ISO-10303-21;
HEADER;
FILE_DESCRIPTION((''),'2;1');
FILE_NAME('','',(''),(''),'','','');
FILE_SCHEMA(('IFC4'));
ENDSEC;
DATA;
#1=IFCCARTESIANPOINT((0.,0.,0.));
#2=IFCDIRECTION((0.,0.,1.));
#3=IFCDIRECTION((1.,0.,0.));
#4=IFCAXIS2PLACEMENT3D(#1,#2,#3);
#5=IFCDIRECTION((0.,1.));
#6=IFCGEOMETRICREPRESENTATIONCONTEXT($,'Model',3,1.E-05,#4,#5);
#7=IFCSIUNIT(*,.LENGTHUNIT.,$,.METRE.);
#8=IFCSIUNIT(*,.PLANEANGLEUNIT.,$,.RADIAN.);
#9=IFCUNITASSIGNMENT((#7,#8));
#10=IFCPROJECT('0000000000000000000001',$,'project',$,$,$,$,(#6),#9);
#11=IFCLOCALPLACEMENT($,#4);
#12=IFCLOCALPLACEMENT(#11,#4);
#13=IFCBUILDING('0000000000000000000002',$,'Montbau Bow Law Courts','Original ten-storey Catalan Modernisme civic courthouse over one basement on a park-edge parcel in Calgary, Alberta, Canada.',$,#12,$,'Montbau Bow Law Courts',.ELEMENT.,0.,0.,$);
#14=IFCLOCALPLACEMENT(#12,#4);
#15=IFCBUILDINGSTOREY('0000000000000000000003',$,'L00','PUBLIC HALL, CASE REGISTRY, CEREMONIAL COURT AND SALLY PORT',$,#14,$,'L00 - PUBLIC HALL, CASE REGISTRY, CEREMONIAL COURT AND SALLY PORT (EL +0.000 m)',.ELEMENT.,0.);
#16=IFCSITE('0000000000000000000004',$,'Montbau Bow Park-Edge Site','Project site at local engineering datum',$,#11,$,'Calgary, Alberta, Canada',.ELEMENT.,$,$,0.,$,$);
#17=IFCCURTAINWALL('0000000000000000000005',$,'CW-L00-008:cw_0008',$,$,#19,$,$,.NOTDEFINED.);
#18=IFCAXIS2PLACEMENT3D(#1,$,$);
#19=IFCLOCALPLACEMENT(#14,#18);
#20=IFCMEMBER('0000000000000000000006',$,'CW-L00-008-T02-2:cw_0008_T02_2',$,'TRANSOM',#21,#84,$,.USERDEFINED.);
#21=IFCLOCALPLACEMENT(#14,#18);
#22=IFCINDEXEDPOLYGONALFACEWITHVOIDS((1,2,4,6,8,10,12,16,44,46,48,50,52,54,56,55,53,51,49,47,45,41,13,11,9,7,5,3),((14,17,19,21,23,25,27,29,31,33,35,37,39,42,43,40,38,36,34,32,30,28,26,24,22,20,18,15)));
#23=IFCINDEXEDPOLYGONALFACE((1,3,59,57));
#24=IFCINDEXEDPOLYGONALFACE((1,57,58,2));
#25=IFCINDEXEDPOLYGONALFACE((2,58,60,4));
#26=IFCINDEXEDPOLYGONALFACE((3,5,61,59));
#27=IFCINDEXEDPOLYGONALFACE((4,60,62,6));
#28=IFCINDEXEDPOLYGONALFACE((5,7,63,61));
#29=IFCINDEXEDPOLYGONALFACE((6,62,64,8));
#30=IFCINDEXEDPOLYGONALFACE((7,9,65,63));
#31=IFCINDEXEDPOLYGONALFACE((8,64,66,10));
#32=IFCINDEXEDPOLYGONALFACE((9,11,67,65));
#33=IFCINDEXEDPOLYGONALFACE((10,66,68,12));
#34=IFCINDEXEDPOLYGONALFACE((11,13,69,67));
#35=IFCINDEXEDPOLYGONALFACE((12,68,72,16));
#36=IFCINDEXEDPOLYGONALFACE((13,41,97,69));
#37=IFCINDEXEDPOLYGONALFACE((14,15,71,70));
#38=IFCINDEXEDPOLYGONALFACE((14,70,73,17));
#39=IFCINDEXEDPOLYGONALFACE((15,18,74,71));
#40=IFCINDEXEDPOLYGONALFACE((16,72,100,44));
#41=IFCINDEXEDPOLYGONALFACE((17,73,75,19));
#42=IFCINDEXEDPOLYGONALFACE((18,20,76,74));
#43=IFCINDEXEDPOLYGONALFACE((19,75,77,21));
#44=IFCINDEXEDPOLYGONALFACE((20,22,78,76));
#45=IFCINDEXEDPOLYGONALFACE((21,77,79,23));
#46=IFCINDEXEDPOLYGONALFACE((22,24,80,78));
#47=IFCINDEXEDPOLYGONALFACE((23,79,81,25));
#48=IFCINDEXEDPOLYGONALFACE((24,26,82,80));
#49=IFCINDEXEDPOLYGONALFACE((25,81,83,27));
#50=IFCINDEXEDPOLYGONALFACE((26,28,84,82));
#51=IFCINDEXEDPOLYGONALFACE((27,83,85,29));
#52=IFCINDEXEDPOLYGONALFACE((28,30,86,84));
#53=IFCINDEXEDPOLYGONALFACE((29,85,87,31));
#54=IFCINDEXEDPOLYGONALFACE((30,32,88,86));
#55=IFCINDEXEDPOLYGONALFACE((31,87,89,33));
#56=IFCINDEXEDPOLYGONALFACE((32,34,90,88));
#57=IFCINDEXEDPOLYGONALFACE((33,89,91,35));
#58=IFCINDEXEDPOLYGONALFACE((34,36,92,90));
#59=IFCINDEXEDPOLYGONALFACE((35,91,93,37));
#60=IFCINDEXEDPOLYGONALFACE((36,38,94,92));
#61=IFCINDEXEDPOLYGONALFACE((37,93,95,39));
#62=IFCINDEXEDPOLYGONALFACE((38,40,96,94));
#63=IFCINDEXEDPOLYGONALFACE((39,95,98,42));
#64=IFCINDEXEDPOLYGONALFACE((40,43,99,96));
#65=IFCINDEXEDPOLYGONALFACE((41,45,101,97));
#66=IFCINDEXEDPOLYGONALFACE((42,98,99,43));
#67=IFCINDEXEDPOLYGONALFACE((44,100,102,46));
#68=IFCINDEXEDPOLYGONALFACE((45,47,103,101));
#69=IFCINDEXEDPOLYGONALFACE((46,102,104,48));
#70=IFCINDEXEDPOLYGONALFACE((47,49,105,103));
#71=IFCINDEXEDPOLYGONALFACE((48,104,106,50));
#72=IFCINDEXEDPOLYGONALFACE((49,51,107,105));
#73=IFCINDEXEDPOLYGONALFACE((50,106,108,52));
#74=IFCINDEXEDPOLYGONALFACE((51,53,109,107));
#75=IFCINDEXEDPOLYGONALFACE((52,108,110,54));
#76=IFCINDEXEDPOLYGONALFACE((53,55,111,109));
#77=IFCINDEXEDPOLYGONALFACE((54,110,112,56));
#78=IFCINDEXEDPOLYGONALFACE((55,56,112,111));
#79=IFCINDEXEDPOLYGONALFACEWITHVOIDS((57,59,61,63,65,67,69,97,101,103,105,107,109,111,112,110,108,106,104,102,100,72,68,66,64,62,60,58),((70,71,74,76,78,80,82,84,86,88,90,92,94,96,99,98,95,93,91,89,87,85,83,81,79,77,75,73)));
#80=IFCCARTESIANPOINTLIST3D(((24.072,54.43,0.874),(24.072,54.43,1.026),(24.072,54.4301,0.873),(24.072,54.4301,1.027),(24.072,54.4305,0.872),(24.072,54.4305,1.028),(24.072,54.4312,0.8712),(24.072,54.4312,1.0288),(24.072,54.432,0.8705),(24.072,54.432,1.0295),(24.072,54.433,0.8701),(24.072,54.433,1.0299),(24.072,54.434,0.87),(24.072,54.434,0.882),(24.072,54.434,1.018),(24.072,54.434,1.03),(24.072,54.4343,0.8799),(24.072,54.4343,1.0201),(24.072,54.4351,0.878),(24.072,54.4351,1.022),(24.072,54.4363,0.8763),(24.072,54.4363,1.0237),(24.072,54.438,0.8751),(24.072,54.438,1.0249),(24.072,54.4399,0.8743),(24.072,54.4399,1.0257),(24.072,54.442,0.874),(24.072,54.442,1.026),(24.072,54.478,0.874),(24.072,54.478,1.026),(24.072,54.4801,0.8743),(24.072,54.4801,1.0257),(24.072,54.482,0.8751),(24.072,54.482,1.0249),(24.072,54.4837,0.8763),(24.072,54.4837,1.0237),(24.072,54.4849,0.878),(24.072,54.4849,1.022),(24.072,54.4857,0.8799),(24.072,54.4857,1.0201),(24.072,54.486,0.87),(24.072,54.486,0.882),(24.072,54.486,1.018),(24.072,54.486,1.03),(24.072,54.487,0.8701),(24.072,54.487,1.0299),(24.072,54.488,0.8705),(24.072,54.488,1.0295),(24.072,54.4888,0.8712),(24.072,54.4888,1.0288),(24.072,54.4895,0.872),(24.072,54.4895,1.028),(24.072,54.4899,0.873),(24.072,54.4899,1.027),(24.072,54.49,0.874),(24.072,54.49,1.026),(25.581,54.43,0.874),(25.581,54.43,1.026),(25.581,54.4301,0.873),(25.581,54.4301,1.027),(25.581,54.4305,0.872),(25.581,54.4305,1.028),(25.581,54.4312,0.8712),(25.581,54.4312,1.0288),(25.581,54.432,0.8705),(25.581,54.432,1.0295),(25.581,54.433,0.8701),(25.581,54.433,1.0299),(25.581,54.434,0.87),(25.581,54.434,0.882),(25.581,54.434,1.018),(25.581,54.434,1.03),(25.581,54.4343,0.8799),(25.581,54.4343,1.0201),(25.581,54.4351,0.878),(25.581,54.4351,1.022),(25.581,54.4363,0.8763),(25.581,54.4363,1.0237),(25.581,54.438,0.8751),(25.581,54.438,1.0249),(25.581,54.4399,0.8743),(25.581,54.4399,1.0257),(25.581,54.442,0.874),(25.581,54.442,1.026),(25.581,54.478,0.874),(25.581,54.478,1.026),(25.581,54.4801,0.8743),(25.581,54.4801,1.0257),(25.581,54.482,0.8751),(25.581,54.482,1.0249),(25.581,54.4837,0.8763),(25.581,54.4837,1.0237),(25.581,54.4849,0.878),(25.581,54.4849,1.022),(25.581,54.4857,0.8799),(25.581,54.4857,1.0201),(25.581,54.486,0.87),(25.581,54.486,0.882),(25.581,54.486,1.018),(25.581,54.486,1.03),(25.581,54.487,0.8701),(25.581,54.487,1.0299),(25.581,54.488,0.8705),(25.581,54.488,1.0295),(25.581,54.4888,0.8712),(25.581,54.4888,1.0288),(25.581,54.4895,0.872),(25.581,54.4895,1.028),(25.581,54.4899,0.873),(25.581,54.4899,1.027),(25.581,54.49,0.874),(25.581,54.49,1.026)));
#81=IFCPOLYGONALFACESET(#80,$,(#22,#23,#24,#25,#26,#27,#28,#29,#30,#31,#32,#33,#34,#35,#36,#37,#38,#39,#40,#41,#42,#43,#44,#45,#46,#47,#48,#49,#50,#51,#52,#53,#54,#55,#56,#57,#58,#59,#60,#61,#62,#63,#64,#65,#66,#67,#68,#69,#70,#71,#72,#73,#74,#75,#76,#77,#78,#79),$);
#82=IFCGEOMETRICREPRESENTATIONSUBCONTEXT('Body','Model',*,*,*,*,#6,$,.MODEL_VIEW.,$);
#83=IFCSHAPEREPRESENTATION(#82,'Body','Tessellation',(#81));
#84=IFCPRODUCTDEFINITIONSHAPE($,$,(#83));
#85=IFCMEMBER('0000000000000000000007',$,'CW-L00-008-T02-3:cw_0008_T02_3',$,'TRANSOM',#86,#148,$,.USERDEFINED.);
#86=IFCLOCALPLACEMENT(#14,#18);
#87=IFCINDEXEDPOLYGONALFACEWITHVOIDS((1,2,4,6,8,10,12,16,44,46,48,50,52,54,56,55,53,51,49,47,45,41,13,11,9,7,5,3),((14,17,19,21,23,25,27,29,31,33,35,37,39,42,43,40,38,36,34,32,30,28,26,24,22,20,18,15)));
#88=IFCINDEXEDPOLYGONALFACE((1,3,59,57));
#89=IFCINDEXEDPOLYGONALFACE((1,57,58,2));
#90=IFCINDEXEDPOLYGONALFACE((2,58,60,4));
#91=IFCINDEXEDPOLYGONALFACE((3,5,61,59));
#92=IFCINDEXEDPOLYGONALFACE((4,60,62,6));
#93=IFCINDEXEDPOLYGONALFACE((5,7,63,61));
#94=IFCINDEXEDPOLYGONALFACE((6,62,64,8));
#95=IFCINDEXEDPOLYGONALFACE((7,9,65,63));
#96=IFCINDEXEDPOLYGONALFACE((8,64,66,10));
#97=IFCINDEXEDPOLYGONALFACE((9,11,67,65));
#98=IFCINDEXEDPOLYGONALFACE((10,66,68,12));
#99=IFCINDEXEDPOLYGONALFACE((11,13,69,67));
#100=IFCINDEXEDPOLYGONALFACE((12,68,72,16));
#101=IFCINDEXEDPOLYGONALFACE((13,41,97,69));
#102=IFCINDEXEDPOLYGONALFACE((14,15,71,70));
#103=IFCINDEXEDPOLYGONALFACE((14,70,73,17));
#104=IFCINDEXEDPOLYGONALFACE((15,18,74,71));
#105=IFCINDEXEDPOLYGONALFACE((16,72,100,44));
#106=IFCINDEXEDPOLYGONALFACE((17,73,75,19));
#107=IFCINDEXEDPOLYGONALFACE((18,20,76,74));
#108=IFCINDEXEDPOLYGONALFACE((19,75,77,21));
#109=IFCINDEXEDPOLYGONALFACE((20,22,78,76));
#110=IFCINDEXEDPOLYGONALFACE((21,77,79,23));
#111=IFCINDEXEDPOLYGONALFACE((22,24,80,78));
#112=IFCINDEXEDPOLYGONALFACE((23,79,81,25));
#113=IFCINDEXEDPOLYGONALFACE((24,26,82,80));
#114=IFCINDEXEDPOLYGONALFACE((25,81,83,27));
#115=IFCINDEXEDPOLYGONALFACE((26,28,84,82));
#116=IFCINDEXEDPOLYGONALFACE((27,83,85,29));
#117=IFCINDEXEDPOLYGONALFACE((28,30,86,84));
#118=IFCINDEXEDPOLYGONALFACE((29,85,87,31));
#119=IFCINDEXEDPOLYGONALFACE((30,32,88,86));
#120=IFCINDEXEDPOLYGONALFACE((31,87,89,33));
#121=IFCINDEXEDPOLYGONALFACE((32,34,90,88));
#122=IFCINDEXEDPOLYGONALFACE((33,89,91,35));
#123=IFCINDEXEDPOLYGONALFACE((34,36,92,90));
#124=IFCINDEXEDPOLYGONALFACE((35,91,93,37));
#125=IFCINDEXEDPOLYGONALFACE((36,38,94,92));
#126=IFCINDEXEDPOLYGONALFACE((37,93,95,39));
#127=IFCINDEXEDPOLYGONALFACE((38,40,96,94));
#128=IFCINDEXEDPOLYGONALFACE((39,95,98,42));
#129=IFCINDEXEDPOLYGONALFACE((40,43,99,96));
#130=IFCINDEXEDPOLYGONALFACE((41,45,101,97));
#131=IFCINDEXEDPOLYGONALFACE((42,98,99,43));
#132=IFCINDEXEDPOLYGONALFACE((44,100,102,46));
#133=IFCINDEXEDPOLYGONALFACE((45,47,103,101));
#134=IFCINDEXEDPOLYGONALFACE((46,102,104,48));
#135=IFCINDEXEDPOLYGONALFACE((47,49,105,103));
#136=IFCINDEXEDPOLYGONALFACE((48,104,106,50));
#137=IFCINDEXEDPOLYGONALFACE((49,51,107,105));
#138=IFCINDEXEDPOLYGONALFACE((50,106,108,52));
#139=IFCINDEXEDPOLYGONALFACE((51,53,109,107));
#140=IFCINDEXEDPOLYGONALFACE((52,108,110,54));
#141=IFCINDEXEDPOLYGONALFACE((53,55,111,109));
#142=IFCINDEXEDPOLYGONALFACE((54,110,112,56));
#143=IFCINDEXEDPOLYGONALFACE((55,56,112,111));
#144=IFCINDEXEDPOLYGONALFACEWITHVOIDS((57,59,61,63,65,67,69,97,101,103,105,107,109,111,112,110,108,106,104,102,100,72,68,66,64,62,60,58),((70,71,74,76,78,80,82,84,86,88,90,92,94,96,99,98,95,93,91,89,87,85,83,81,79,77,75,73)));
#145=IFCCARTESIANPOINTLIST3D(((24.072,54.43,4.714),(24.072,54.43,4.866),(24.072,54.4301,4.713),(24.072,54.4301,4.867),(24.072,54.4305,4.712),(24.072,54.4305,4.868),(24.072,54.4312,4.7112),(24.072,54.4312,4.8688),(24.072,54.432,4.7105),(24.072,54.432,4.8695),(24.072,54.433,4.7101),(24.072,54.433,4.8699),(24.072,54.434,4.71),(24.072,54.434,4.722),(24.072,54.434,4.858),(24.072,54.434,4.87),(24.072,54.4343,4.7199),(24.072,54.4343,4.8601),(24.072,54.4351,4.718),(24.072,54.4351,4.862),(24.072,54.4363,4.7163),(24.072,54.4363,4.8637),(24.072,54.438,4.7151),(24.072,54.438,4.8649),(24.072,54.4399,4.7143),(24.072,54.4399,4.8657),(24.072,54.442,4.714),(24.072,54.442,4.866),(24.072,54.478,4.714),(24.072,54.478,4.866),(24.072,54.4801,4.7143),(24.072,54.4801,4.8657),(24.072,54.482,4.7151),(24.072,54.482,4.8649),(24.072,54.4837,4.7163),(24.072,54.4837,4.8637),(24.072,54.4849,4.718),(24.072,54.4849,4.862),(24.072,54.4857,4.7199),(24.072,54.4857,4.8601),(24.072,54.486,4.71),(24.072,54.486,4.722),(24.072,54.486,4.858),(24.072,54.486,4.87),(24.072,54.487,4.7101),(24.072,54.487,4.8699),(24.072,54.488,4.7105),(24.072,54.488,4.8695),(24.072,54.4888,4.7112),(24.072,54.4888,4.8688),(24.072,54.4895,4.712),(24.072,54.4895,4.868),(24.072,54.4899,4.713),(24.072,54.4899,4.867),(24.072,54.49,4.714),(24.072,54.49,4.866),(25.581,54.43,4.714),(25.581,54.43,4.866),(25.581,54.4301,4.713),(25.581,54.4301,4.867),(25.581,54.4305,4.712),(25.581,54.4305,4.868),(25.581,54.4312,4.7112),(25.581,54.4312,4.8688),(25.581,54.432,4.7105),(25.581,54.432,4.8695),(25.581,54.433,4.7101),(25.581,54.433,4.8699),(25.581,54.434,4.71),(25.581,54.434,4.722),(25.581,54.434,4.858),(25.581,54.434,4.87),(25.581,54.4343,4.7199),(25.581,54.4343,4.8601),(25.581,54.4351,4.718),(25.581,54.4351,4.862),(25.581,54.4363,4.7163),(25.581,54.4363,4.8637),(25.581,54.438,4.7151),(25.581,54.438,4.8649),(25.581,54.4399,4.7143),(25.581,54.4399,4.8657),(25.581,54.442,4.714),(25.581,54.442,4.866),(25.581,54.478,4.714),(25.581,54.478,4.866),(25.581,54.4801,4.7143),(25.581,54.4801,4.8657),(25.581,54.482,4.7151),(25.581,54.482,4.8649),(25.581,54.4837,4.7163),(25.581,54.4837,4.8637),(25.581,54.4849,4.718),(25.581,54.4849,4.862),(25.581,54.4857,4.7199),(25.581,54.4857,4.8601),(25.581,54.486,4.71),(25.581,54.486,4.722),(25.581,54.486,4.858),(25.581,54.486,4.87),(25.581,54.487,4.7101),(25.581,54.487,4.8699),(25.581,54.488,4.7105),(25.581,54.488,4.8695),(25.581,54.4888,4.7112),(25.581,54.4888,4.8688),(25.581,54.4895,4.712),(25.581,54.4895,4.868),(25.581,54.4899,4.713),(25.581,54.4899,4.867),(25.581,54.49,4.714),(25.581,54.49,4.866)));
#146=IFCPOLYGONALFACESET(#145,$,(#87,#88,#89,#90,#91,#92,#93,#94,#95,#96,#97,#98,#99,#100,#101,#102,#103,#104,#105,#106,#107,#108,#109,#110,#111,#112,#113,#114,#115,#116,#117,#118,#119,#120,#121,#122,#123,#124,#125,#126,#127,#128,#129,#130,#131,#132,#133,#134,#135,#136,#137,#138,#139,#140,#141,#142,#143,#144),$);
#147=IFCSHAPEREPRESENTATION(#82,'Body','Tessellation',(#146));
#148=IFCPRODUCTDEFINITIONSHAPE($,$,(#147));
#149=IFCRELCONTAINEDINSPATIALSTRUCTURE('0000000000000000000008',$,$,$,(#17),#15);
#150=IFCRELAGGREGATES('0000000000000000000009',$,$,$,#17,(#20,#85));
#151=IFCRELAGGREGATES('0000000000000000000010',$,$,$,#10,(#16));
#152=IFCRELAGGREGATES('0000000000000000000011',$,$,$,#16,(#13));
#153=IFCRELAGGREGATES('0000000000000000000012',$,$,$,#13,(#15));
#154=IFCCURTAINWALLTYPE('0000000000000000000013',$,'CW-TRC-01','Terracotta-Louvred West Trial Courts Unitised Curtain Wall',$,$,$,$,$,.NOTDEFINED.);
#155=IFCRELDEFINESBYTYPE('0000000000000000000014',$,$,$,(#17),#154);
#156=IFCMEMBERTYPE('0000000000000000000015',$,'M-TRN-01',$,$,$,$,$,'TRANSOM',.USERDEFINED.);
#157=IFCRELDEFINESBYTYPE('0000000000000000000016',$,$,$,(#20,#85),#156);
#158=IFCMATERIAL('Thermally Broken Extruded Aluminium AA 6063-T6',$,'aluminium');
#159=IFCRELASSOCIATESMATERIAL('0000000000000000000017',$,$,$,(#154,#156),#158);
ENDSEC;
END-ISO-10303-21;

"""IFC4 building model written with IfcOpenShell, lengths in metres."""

from ifc_helpers import new_model, si_unit, direction, frame, origin_with_axes, origin_2d_with_axis, place, context, subcontext, project, spatial, hollow_rectangle, extrude, material, material_profile, profile_set, type_object, element, aggregate, save


model = new_model("IFC4")

# Units and contexts
model_context = context("Model", 3, precision=1e-05, world=origin_with_axes(), true_north=direction((0.0, 1.0)))
body_context = subcontext(model_context, "Body", "Model", "MODEL_VIEW")
ifc_project = project(units=[si_unit("LENGTHUNIT", "METRE"), si_unit("PLANEANGLEUNIT", "RADIAN")], contexts=[model_context])

# Site, building, storey
site_placement = place(None, origin_with_axes())
site = spatial("IfcSite", under=ifc_project, at=site_placement, Name="Montbau Bow Park-Edge Site", Description="Project site at local engineering datum", LongName="Calgary, Alberta, Canada", CompositionType="ELEMENT", RefElevation=0.0)
building_placement = place(site_placement, origin_with_axes())
building = spatial("IfcBuilding", under=site, at=building_placement, Name="Montbau Bow Law Courts", Description="Original ten-storey Catalan Modernisme civic courthouse over one basement on a park-edge parcel in Calgary, Alberta, Canada.", LongName="Montbau Bow Law Courts", CompositionType="ELEMENT", ElevationOfRefHeight=0.0, ElevationOfTerrain=0.0)
storey_placement = place(building_placement, origin_with_axes())
storey = spatial("IfcBuildingStorey", under=building, at=storey_placement, Name="L00", Description="PUBLIC HALL, CASE REGISTRY, CEREMONIAL COURT AND SALLY PORT", LongName="L00 - PUBLIC HALL, CASE REGISTRY, CEREMONIAL COURT AND SALLY PORT (EL +0.000 m)", CompositionType="ELEMENT", Elevation=0.0)

# Curtain wall, members
ifc_material_1 = material(Name="Thermally Broken Extruded Aluminium AA 6063-T6", Category="aluminium")
curtain_wall_type = type_object("IfcCurtainWallType", Name="CW-TRC-01", Description="Terracotta-Louvred West Trial Courts Unitised Curtain Wall", PredefinedType="NOTDEFINED", material=ifc_material_1)
curtain_wall_1_placement = place(None, frame((22.467, 54.46, 0.0), z_axis=(0.0, 0.0, 1.0), x_axis=(1.0, 0.0, 0.0)))
curtain_wall_1 = element("IfcCurtainWall", 1, at=curtain_wall_1_placement, inside=storey, type_object=curtain_wall_type, Name="CW-L00-008:cw_0008", PredefinedType="NOTDEFINED")
ifc_material_profile_1 = material_profile(ifc_material_1, hollow_rectangle(XDim=0.06, YDim=0.16, WallThickness=0.004, InnerFilletRadius=0.008, OuterFilletRadius=0.004, at=origin_2d_with_axis()), Name="CWT-160X60", Category="Main", Priority=0)
ifc_profile_set_1 = profile_set([ifc_material_profile_1], Name="Thermally Broken Extruded Aluminium AA 6063-T6")
member_type_1 = type_object("IfcMemberType", Name="M-TRN-01", ElementType="TRANSOM", PredefinedType="USERDEFINED", material=ifc_profile_set_1)
member_1_placement = place(None, frame((24.072, 54.46, 0.95), z_axis=(1.0, 0.0, 0.0), x_axis=(0.0, 1.0, 0.0)))
member_1 = element("IfcMember", 2, at=member_1_placement, type_object=member_type_1, Name="CW-L00-008-T02-2:cw_0008_T02_2", ObjectType="TRANSOM", PredefinedType="USERDEFINED", context=body_context, shape_type="SweptSolid", body=[
    extrude(hollow_rectangle(XDim=0.06, YDim=0.16, WallThickness=0.004, InnerFilletRadius=0.008, OuterFilletRadius=0.004, at=origin_2d_with_axis()), origin_with_axes(), (0.0, 0.0, 1.0), 1.509),
])
member_2_placement = place(None, frame((24.072, 54.46, 4.79), z_axis=(1.0, 0.0, 0.0), x_axis=(0.0, 1.0, 0.0)))
member_2 = element("IfcMember", 3, at=member_2_placement, type_object=member_type_1, Name="CW-L00-008-T02-3:cw_0008_T02_3", ObjectType="TRANSOM", PredefinedType="USERDEFINED", context=body_context, shape_type="SweptSolid", body=[
    extrude(hollow_rectangle(XDim=0.06, YDim=0.16, WallThickness=0.004, InnerFilletRadius=0.008, OuterFilletRadius=0.004, at=origin_2d_with_axis()), origin_with_axes(), (0.0, 0.0, 1.0), 1.509),
])

aggregate(curtain_wall_1, [member_1, member_2])

save(model, "model.ifc")
